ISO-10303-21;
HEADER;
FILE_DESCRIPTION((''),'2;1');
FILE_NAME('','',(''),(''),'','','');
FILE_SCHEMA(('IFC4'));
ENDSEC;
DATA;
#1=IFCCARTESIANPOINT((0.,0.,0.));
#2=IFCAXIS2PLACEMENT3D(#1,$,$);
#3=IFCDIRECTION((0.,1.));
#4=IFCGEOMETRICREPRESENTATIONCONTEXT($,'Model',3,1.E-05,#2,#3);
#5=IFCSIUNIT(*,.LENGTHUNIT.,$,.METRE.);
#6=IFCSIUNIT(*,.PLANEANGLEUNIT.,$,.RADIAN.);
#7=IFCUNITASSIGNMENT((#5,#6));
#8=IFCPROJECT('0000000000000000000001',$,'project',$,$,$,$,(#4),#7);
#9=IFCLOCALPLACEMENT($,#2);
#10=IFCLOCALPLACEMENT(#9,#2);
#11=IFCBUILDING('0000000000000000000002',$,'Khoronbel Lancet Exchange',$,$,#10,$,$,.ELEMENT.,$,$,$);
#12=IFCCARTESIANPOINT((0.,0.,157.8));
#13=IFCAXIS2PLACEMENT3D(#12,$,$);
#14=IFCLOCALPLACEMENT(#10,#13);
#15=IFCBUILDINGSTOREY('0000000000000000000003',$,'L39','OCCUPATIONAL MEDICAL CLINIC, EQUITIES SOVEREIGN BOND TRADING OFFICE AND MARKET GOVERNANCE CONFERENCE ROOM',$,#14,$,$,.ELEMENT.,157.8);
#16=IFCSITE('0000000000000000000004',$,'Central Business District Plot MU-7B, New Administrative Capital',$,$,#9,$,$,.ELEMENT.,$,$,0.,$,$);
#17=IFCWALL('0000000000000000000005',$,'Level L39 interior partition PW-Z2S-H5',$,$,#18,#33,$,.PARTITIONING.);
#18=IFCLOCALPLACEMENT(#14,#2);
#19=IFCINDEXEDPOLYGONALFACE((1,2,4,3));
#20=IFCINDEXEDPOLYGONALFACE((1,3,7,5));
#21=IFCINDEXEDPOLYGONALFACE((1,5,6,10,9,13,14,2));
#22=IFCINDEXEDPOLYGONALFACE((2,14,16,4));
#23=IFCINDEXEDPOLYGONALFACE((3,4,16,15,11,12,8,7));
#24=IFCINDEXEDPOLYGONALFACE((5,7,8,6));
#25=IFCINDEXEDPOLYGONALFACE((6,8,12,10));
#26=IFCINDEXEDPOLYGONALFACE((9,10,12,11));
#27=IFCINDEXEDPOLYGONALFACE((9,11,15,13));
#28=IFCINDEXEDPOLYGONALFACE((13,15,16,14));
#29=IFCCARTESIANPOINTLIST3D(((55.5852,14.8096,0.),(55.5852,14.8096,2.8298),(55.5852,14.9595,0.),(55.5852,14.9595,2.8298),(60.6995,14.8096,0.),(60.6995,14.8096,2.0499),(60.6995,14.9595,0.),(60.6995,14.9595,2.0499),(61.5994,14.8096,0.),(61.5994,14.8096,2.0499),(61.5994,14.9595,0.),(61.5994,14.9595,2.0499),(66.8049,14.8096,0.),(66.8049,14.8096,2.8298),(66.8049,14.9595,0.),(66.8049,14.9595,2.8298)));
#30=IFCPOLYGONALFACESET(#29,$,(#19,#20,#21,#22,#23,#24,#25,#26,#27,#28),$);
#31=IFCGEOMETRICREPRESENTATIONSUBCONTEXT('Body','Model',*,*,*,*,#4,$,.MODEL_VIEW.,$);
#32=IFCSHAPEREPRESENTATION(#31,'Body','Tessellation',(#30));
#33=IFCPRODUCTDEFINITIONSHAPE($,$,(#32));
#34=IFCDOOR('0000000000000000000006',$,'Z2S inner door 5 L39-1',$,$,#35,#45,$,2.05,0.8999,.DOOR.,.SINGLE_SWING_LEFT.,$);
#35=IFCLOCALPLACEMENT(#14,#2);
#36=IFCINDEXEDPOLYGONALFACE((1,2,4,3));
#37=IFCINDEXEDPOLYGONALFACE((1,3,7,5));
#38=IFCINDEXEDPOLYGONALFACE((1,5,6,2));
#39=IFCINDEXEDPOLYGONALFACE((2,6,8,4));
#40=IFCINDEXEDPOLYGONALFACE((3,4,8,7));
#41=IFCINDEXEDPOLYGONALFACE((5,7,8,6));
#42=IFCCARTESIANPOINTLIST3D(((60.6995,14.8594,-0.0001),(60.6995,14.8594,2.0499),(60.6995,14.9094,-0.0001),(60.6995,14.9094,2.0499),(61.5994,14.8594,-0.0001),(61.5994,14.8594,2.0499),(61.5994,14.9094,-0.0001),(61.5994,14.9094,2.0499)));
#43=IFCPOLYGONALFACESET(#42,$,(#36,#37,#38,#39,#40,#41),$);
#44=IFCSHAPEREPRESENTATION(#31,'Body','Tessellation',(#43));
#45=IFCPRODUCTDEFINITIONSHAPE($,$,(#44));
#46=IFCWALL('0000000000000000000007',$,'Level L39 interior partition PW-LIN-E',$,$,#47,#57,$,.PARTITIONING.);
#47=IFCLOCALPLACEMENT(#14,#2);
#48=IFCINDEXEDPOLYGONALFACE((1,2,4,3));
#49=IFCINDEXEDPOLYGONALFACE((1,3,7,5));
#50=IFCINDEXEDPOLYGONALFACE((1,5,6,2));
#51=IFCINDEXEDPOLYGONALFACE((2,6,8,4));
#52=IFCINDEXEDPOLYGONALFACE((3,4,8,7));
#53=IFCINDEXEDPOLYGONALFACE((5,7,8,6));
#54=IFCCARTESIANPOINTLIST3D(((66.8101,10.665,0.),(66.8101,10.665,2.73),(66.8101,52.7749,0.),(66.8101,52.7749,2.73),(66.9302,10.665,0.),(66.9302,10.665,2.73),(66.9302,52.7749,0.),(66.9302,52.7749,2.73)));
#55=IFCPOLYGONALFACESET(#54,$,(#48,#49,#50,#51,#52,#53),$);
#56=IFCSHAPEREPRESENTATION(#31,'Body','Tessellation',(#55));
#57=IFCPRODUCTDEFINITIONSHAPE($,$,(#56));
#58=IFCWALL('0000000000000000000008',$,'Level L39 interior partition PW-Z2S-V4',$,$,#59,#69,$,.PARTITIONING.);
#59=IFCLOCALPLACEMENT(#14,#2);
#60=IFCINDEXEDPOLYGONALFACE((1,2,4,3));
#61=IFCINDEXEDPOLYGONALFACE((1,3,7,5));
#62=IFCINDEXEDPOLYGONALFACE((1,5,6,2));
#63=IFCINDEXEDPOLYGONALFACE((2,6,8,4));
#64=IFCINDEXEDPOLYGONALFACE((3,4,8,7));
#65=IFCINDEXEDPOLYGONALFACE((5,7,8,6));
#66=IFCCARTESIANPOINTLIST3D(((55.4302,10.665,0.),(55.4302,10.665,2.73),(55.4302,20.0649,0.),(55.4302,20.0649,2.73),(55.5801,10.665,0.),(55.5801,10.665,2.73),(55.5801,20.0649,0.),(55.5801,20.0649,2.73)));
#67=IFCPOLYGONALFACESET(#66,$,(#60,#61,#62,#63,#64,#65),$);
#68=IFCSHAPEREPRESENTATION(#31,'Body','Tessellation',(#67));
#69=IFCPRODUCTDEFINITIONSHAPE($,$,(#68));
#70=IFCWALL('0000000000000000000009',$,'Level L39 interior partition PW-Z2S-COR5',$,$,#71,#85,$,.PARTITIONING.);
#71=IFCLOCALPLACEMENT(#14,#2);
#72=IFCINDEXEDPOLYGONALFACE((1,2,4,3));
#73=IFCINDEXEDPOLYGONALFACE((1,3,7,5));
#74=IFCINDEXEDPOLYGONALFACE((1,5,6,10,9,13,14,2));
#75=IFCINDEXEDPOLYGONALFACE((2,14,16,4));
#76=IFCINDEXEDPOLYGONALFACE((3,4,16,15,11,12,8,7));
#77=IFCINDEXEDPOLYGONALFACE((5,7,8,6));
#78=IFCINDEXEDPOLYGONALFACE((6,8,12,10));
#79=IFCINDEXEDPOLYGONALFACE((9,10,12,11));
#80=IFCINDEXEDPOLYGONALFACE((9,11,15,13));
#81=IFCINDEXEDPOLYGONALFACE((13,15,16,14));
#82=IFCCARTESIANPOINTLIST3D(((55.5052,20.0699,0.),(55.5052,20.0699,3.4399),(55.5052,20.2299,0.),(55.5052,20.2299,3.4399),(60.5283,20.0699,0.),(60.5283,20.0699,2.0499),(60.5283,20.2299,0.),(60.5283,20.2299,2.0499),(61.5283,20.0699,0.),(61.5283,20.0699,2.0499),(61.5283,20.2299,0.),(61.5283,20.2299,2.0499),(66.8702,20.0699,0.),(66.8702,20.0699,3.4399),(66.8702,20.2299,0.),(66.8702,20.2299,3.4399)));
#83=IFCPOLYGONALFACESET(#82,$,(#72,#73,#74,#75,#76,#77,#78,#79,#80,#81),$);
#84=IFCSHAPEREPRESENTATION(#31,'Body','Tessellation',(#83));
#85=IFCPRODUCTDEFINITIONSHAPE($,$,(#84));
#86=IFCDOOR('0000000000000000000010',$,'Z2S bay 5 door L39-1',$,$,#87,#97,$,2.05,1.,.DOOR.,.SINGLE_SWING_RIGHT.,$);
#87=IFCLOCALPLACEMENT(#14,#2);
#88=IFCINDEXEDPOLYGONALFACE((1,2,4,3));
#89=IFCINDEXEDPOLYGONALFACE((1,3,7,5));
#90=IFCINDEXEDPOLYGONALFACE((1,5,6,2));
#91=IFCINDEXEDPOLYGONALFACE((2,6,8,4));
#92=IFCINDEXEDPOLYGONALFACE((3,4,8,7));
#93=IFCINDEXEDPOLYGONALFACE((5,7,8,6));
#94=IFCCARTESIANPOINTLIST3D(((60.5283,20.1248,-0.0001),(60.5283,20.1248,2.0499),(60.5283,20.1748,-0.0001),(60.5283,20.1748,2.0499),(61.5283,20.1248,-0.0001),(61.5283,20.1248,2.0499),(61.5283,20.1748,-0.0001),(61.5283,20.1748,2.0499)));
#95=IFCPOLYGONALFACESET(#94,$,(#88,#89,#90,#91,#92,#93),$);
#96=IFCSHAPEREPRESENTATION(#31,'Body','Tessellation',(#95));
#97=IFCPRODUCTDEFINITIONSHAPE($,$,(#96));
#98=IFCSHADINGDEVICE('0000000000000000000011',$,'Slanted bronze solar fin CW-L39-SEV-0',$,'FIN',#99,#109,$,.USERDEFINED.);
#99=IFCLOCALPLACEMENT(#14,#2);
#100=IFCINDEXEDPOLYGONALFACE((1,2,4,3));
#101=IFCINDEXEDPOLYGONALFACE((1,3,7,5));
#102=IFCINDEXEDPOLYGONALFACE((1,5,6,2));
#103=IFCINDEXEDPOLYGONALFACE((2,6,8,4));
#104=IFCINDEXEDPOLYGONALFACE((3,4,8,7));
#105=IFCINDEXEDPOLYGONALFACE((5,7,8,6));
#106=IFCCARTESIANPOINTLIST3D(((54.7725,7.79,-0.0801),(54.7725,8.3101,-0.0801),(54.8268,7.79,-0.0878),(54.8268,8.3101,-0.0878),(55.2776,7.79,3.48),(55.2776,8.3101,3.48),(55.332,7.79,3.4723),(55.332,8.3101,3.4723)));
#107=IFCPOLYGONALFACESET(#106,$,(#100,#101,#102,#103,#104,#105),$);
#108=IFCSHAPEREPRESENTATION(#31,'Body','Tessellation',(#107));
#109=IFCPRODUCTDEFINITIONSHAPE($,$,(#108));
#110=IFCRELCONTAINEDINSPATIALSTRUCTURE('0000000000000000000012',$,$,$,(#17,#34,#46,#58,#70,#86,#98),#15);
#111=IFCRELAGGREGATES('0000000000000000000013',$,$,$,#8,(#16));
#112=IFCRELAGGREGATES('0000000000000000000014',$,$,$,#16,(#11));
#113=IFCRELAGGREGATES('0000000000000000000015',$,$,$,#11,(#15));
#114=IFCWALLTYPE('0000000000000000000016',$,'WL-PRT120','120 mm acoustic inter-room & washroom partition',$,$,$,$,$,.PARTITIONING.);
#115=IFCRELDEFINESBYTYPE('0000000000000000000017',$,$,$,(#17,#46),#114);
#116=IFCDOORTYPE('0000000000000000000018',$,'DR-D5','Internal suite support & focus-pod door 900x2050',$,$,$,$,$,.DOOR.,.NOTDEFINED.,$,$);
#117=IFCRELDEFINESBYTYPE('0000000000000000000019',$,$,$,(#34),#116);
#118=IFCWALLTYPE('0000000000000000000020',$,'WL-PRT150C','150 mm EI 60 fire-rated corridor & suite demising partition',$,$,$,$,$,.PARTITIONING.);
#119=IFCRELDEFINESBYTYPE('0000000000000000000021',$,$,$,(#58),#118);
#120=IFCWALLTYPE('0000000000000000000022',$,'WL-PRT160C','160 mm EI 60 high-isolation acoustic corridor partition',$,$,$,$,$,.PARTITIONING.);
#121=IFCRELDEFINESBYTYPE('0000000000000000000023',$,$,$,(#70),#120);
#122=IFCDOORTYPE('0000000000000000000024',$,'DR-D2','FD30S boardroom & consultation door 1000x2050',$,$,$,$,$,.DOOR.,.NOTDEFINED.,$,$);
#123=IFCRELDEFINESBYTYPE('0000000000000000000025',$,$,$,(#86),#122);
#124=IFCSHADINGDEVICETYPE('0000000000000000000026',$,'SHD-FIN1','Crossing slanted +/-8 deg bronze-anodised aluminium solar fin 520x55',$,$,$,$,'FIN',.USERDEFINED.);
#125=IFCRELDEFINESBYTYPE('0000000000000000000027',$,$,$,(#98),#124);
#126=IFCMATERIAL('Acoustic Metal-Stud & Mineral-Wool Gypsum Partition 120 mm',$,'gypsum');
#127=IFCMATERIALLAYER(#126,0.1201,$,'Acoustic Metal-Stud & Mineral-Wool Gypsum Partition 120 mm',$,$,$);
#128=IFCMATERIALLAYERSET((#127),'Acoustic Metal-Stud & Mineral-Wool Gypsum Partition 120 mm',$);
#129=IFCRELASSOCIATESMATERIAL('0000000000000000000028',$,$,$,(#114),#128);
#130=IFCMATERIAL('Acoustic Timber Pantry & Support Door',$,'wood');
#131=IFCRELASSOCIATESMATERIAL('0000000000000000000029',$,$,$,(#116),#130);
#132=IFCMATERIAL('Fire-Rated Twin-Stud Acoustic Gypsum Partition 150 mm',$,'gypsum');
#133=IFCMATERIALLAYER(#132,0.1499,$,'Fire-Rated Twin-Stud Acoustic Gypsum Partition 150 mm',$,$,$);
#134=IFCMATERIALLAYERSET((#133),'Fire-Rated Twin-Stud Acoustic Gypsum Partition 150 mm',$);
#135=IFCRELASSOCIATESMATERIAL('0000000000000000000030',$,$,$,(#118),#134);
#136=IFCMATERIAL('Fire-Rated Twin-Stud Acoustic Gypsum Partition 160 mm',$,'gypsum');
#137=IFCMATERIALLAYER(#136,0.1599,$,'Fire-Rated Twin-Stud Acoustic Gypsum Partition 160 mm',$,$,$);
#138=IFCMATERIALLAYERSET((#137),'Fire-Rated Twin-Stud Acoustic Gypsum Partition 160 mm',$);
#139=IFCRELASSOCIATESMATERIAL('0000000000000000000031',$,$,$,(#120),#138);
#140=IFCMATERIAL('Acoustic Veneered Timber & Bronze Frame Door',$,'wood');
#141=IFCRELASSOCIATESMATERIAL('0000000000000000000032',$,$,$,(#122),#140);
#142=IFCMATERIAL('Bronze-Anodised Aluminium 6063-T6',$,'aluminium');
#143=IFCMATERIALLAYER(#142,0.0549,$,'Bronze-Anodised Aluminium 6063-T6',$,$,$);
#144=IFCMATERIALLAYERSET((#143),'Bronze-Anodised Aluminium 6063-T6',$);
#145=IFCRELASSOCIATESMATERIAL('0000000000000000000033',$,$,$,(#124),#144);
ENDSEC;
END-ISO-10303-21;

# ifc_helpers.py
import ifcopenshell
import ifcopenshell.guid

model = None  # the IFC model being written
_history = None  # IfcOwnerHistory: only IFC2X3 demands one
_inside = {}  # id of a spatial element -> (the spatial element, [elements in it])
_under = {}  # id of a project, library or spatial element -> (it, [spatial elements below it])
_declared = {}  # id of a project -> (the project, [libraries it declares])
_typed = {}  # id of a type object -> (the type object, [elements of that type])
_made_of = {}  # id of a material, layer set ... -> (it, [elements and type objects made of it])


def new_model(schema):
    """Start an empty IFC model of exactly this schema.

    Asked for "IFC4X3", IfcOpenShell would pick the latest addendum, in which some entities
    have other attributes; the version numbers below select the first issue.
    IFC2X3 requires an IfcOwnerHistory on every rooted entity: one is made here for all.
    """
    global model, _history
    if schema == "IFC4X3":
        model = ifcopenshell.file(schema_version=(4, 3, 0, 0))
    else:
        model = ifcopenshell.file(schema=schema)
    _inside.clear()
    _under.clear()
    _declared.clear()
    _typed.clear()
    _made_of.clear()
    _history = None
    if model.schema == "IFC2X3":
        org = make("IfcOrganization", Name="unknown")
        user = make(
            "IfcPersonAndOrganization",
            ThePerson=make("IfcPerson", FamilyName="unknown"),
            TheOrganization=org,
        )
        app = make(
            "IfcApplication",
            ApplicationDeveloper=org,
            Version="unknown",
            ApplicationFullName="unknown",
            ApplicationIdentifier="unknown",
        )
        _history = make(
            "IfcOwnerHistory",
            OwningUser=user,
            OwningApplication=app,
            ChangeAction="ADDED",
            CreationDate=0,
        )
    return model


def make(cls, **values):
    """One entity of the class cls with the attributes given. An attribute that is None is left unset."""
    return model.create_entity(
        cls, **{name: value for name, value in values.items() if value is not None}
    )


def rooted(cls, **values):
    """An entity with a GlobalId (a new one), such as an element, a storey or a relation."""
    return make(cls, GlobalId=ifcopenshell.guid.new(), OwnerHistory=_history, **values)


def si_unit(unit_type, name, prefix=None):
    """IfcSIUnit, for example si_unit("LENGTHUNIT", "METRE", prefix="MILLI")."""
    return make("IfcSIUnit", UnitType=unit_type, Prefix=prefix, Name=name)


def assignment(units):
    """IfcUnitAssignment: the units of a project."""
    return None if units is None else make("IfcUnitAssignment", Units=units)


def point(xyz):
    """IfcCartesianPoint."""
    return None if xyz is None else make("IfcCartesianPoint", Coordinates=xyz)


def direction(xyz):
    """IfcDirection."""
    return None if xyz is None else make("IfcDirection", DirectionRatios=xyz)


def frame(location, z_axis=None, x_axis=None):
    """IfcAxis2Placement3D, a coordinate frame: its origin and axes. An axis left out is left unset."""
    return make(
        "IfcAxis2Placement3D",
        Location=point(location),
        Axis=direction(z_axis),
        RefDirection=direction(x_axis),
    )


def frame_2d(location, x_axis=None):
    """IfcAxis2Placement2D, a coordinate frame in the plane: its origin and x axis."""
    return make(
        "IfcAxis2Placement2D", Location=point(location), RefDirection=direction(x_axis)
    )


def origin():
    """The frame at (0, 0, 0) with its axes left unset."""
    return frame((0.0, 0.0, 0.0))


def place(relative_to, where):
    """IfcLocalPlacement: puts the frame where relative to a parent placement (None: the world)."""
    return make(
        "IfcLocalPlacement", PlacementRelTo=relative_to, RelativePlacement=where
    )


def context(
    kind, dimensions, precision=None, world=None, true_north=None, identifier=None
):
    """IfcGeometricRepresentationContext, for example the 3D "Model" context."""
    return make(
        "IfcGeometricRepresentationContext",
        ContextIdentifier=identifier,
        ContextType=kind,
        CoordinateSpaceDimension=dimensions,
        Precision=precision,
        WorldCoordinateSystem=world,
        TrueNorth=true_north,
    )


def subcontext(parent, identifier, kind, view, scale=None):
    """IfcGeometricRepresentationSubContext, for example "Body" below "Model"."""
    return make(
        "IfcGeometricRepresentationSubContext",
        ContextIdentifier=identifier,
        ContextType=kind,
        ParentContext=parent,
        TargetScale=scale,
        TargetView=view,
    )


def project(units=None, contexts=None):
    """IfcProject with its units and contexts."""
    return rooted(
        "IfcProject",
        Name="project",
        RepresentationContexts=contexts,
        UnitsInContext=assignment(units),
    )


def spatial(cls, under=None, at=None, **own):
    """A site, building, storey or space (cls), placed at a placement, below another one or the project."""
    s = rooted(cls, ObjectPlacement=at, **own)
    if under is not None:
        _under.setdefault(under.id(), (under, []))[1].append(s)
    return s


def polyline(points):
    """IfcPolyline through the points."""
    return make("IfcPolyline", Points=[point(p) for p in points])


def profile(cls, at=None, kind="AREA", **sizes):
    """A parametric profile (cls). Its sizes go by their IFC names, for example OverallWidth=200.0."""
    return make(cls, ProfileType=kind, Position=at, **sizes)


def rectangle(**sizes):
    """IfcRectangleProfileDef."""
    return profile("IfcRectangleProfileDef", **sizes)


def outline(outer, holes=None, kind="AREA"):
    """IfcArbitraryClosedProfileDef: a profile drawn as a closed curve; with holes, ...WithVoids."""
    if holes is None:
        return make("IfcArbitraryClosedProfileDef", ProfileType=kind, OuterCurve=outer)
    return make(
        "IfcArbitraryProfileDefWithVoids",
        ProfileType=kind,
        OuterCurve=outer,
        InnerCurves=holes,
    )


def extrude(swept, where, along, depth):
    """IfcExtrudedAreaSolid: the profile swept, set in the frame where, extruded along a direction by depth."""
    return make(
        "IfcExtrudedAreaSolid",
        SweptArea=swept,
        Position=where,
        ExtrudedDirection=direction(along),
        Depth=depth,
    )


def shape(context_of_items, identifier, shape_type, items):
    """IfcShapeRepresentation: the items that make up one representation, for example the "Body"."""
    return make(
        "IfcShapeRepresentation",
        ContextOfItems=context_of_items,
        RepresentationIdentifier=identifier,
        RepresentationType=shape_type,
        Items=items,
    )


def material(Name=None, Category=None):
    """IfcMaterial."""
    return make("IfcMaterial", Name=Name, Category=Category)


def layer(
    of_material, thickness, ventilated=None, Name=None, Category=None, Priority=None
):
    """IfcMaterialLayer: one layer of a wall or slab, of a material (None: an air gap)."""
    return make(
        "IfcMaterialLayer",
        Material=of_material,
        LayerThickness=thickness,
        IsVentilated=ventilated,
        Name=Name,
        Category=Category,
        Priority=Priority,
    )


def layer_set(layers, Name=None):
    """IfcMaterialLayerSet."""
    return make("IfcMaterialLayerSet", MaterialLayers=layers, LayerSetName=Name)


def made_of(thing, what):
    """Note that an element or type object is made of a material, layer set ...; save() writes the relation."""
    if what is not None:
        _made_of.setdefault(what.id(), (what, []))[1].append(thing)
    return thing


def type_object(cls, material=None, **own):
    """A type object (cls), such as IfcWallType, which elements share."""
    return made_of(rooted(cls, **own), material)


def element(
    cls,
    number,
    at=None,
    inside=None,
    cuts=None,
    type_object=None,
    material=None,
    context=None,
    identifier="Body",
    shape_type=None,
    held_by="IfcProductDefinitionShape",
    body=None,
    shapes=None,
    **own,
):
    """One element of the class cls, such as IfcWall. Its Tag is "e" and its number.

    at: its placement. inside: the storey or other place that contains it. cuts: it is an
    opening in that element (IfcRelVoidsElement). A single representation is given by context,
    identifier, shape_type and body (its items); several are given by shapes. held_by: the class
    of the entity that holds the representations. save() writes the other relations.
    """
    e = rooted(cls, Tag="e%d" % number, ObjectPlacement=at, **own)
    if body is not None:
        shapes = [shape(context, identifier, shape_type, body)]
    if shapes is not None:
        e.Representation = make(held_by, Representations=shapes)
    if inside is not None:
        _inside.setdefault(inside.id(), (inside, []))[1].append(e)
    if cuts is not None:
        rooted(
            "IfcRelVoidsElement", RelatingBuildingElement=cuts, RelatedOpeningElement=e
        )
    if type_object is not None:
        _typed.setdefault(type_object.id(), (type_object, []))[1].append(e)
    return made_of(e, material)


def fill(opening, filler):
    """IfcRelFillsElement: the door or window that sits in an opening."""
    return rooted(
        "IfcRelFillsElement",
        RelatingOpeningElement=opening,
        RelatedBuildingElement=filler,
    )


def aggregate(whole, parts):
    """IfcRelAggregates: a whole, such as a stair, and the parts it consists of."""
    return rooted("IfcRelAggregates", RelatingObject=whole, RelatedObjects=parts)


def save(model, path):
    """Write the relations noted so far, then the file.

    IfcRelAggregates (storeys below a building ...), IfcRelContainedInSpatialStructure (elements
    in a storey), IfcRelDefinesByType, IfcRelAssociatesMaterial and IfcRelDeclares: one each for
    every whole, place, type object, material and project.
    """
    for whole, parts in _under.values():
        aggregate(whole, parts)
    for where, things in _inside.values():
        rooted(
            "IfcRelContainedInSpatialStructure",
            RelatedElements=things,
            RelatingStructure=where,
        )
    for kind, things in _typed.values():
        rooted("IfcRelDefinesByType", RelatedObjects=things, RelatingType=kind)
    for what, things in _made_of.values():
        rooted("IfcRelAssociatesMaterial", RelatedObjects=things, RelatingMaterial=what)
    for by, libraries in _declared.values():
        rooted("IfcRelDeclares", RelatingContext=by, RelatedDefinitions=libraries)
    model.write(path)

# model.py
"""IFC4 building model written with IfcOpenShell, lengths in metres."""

from ifc_helpers import new_model, si_unit, direction, frame, frame_2d, origin, place, context, subcontext, project, spatial, polyline, rectangle, outline, extrude, material, layer, layer_set, type_object, element, fill, save


model = new_model("IFC4")

# Units and contexts
model_context = context("Model", 3, precision=1e-05, world=origin(), true_north=direction((0.0, 1.0)))
body_context = subcontext(model_context, "Body", "Model", "MODEL_VIEW")
ifc_project = project(units=[si_unit("LENGTHUNIT", "METRE"), si_unit("PLANEANGLEUNIT", "RADIAN")], contexts=[model_context])

# Site, building, storey
site_placement = place(None, origin())
site = spatial("IfcSite", under=ifc_project, at=site_placement, Name="Central Business District Plot MU-7B, New Administrative Capital", CompositionType="ELEMENT", RefElevation=0.0)
building_placement = place(site_placement, origin())
building = spatial("IfcBuilding", under=site, at=building_placement, Name="Khoronbel Lancet Exchange", CompositionType="ELEMENT")
storey_placement = place(building_placement, frame((0.0, 0.0, 157.8)))
storey = spatial("IfcBuildingStorey", under=building, at=storey_placement, Name="L39", Description="OCCUPATIONAL MEDICAL CLINIC, EQUITIES SOVEREIGN BOND TRADING OFFICE AND MARKET GOVERNANCE CONFERENCE ROOM", CompositionType="ELEMENT", Elevation=157.8)

# Shared definitions
ifc_material_1 = material(Name="Bronze-Anodised Aluminium 6063-T6", Category="aluminium")

# Wall, opening, door
ifc_material_2 = material(Name="Acoustic Metal-Stud & Mineral-Wool Gypsum Partition 120 mm", Category="gypsum")
ifc_layer_1 = layer(ifc_material_2, 0.1201, Name="Acoustic Metal-Stud & Mineral-Wool Gypsum Partition 120 mm")
ifc_layer_set_1 = layer_set([ifc_layer_1], Name="Acoustic Metal-Stud & Mineral-Wool Gypsum Partition 120 mm")
wall_type_1 = type_object("IfcWallType", Name="WL-PRT120", Description="120 mm acoustic inter-room & washroom partition", PredefinedType="PARTITIONING", material=ifc_layer_set_1)
wall_1_placement = place(storey_placement, frame((55.5852, 14.8845, 0.0), z_axis=(0.0, 0.0, 1.0), x_axis=(1.0, 0.0, 0.0)))
wall_1 = element("IfcWall", 1, at=wall_1_placement, inside=storey, type_object=wall_type_1, Name="Level L39 interior partition PW-Z2S-H5", PredefinedType="PARTITIONING", context=body_context, shape_type="SweptSolid", body=[
    extrude(rectangle(XDim=11.2197, YDim=0.1499, at=frame_2d((5.6099, 0.0))), origin(), (0.0, 0.0, 1.0), 2.8298),
])
opening_1_placement = place(wall_1_placement, frame((5.1143, 0.0, 0.0)))
opening_1 = element("IfcOpeningElement", 2, at=opening_1_placement, cuts=wall_1, PredefinedType="OPENING", context=body_context, shape_type="SweptSolid", body=[
    extrude(rectangle(XDim=0.8999, YDim=2.05, at=frame_2d((0.45, 1.0249))), frame((0.0, 0.085, 0.0), z_axis=(0.0, -1.0, 0.0), x_axis=(1.0, 0.0, 0.0)), (0.0, 0.0, 1.0), 0.1699),
])
ifc_material_3 = material(Name="Acoustic Timber Pantry & Support Door", Category="wood")
door_type_1 = type_object("IfcDoorType", Name="DR-D5", Description="Internal suite support & focus-pod door 900x2050", OperationType="NOTDEFINED", PredefinedType="DOOR", material=ifc_material_3)
door_1_placement = place(opening_1_placement, origin())
door_1 = element("IfcDoor", 3, at=door_1_placement, inside=storey, type_object=door_type_1, Name="Z2S inner door 5 L39-1", OperationType="SINGLE_SWING_LEFT", OverallHeight=2.05, OverallWidth=0.8999, PredefinedType="DOOR", context=body_context, shape_type="SweptSolid", body=[
    extrude(rectangle(XDim=0.8999, YDim=2.05, at=frame_2d((0.45, 1.0249))), frame((0.0, 0.0249, 0.0), z_axis=(0.0, -1.0, 0.0), x_axis=(1.0, 0.0, 0.0)), (0.0, 0.0, 1.0), 0.05),
])
fill(opening_1, door_1)

# Walls
wall_2_placement = place(storey_placement, frame((66.8701, 10.665, 0.0), z_axis=(0.0, 0.0, 1.0), x_axis=(0.0, 1.0, 0.0)))
element("IfcWall", 4, at=wall_2_placement, inside=storey, type_object=wall_type_1, Name="Level L39 interior partition PW-LIN-E", PredefinedType="PARTITIONING", context=body_context, shape_type="SweptSolid", body=[
    extrude(rectangle(XDim=42.1099, YDim=0.1201, at=frame_2d((21.0549, 0.0))), origin(), (0.0, 0.0, 1.0), 2.73),
])
ifc_material_4 = material(Name="Fire-Rated Twin-Stud Acoustic Gypsum Partition 150 mm", Category="gypsum")
ifc_layer_2 = layer(ifc_material_4, 0.1499, Name="Fire-Rated Twin-Stud Acoustic Gypsum Partition 150 mm")
ifc_layer_set_2 = layer_set([ifc_layer_2], Name="Fire-Rated Twin-Stud Acoustic Gypsum Partition 150 mm")
wall_type_2 = type_object("IfcWallType", Name="WL-PRT150C", Description="150 mm EI 60 fire-rated corridor & suite demising partition", PredefinedType="PARTITIONING", material=ifc_layer_set_2)
wall_3_placement = place(storey_placement, frame((55.5051, 10.665, 0.0), z_axis=(0.0, 0.0, 1.0), x_axis=(0.0, 1.0, 0.0)))
element("IfcWall", 5, at=wall_3_placement, inside=storey, type_object=wall_type_2, Name="Level L39 interior partition PW-Z2S-V4", PredefinedType="PARTITIONING", context=body_context, shape_type="SweptSolid", body=[
    extrude(rectangle(XDim=9.3999, YDim=0.1499, at=frame_2d((4.7, 0.0))), origin(), (0.0, 0.0, 1.0), 2.73),
])

# Wall, opening, door
ifc_material_5 = material(Name="Fire-Rated Twin-Stud Acoustic Gypsum Partition 160 mm", Category="gypsum")
ifc_layer_3 = layer(ifc_material_5, 0.1599, Name="Fire-Rated Twin-Stud Acoustic Gypsum Partition 160 mm")
ifc_layer_set_3 = layer_set([ifc_layer_3], Name="Fire-Rated Twin-Stud Acoustic Gypsum Partition 160 mm")
wall_type_3 = type_object("IfcWallType", Name="WL-PRT160C", Description="160 mm EI 60 high-isolation acoustic corridor partition", PredefinedType="PARTITIONING", material=ifc_layer_set_3)
wall_4_placement = place(storey_placement, frame((55.5051, 20.1499, 0.0), z_axis=(0.0, 0.0, 1.0), x_axis=(1.0, 0.0, 0.0)))
wall_4 = element("IfcWall", 6, at=wall_4_placement, inside=storey, type_object=wall_type_3, Name="Level L39 interior partition PW-Z2S-COR5", PredefinedType="PARTITIONING", context=body_context, shape_type="SweptSolid", body=[
    extrude(rectangle(XDim=11.365, YDim=0.1599, at=frame_2d((5.6826, 0.0))), origin(), (0.0, 0.0, 1.0), 3.4399),
])
opening_2_placement = place(wall_4_placement, frame((5.0232, 0.0, 0.0)))
opening_2 = element("IfcOpeningElement", 7, at=opening_2_placement, cuts=wall_4, PredefinedType="OPENING", context=body_context, shape_type="SweptSolid", body=[
    extrude(rectangle(XDim=1.0, YDim=2.05, at=frame_2d((0.5, 1.0249))), frame((0.0, 0.0898, 0.0), z_axis=(0.0, -1.0, 0.0), x_axis=(1.0, 0.0, 0.0)), (0.0, 0.0, 1.0), 0.1799),
])
ifc_material_6 = material(Name="Acoustic Veneered Timber & Bronze Frame Door", Category="wood")
door_type_2 = type_object("IfcDoorType", Name="DR-D2", Description="FD30S boardroom & consultation door 1000x2050", OperationType="NOTDEFINED", PredefinedType="DOOR", material=ifc_material_6)
door_2_placement = place(opening_2_placement, origin())
door_2 = element("IfcDoor", 8, at=door_2_placement, inside=storey, type_object=door_type_2, Name="Z2S bay 5 door L39-1", OperationType="SINGLE_SWING_RIGHT", OverallHeight=2.05, OverallWidth=1.0, PredefinedType="DOOR", context=body_context, shape_type="SweptSolid", body=[
    extrude(rectangle(XDim=1.0, YDim=2.05, at=frame_2d((0.5, 1.0249))), frame((0.0, 0.0249, 0.0), z_axis=(0.0, -1.0, 0.0), x_axis=(1.0, 0.0, 0.0)), (0.0, 0.0, 1.0), 0.05),
])
fill(opening_2, door_2)

# Shading device
ifc_layer_4 = layer(ifc_material_1, 0.0549, Name="Bronze-Anodised Aluminium 6063-T6")
ifc_layer_set_4 = layer_set([ifc_layer_4], Name="Bronze-Anodised Aluminium 6063-T6")
shading_device_type = type_object("IfcShadingDeviceType", Name="SHD-FIN1", Description="Crossing slanted +/-8 deg bronze-anodised aluminium solar fin 520x55", ElementType="FIN", PredefinedType="USERDEFINED", material=ifc_layer_set_4)
shading_device_placement = place(storey_placement, frame((54.7725, 8.3101, -0.0801), z_axis=(-0.990083, 0.0, 0.14048), x_axis=(0.0, -1.0, 0.0)))
element("IfcShadingDevice", 9, at=shading_device_placement, inside=storey, type_object=shading_device_type, Name="Slanted bronze solar fin CW-L39-SEV-0", ObjectType="FIN", PredefinedType="USERDEFINED", context=body_context, shape_type="SweptSolid", body=[
    extrude(outline(polyline([(0.0, 0.0), (0.52, 0.0), (0.52, 3.5957), (0.0, 3.5957), (0.0, 0.0)])), origin(), (0.0, 0.0, -1.0), 0.0549),
])

save(model, "model.ifc")
